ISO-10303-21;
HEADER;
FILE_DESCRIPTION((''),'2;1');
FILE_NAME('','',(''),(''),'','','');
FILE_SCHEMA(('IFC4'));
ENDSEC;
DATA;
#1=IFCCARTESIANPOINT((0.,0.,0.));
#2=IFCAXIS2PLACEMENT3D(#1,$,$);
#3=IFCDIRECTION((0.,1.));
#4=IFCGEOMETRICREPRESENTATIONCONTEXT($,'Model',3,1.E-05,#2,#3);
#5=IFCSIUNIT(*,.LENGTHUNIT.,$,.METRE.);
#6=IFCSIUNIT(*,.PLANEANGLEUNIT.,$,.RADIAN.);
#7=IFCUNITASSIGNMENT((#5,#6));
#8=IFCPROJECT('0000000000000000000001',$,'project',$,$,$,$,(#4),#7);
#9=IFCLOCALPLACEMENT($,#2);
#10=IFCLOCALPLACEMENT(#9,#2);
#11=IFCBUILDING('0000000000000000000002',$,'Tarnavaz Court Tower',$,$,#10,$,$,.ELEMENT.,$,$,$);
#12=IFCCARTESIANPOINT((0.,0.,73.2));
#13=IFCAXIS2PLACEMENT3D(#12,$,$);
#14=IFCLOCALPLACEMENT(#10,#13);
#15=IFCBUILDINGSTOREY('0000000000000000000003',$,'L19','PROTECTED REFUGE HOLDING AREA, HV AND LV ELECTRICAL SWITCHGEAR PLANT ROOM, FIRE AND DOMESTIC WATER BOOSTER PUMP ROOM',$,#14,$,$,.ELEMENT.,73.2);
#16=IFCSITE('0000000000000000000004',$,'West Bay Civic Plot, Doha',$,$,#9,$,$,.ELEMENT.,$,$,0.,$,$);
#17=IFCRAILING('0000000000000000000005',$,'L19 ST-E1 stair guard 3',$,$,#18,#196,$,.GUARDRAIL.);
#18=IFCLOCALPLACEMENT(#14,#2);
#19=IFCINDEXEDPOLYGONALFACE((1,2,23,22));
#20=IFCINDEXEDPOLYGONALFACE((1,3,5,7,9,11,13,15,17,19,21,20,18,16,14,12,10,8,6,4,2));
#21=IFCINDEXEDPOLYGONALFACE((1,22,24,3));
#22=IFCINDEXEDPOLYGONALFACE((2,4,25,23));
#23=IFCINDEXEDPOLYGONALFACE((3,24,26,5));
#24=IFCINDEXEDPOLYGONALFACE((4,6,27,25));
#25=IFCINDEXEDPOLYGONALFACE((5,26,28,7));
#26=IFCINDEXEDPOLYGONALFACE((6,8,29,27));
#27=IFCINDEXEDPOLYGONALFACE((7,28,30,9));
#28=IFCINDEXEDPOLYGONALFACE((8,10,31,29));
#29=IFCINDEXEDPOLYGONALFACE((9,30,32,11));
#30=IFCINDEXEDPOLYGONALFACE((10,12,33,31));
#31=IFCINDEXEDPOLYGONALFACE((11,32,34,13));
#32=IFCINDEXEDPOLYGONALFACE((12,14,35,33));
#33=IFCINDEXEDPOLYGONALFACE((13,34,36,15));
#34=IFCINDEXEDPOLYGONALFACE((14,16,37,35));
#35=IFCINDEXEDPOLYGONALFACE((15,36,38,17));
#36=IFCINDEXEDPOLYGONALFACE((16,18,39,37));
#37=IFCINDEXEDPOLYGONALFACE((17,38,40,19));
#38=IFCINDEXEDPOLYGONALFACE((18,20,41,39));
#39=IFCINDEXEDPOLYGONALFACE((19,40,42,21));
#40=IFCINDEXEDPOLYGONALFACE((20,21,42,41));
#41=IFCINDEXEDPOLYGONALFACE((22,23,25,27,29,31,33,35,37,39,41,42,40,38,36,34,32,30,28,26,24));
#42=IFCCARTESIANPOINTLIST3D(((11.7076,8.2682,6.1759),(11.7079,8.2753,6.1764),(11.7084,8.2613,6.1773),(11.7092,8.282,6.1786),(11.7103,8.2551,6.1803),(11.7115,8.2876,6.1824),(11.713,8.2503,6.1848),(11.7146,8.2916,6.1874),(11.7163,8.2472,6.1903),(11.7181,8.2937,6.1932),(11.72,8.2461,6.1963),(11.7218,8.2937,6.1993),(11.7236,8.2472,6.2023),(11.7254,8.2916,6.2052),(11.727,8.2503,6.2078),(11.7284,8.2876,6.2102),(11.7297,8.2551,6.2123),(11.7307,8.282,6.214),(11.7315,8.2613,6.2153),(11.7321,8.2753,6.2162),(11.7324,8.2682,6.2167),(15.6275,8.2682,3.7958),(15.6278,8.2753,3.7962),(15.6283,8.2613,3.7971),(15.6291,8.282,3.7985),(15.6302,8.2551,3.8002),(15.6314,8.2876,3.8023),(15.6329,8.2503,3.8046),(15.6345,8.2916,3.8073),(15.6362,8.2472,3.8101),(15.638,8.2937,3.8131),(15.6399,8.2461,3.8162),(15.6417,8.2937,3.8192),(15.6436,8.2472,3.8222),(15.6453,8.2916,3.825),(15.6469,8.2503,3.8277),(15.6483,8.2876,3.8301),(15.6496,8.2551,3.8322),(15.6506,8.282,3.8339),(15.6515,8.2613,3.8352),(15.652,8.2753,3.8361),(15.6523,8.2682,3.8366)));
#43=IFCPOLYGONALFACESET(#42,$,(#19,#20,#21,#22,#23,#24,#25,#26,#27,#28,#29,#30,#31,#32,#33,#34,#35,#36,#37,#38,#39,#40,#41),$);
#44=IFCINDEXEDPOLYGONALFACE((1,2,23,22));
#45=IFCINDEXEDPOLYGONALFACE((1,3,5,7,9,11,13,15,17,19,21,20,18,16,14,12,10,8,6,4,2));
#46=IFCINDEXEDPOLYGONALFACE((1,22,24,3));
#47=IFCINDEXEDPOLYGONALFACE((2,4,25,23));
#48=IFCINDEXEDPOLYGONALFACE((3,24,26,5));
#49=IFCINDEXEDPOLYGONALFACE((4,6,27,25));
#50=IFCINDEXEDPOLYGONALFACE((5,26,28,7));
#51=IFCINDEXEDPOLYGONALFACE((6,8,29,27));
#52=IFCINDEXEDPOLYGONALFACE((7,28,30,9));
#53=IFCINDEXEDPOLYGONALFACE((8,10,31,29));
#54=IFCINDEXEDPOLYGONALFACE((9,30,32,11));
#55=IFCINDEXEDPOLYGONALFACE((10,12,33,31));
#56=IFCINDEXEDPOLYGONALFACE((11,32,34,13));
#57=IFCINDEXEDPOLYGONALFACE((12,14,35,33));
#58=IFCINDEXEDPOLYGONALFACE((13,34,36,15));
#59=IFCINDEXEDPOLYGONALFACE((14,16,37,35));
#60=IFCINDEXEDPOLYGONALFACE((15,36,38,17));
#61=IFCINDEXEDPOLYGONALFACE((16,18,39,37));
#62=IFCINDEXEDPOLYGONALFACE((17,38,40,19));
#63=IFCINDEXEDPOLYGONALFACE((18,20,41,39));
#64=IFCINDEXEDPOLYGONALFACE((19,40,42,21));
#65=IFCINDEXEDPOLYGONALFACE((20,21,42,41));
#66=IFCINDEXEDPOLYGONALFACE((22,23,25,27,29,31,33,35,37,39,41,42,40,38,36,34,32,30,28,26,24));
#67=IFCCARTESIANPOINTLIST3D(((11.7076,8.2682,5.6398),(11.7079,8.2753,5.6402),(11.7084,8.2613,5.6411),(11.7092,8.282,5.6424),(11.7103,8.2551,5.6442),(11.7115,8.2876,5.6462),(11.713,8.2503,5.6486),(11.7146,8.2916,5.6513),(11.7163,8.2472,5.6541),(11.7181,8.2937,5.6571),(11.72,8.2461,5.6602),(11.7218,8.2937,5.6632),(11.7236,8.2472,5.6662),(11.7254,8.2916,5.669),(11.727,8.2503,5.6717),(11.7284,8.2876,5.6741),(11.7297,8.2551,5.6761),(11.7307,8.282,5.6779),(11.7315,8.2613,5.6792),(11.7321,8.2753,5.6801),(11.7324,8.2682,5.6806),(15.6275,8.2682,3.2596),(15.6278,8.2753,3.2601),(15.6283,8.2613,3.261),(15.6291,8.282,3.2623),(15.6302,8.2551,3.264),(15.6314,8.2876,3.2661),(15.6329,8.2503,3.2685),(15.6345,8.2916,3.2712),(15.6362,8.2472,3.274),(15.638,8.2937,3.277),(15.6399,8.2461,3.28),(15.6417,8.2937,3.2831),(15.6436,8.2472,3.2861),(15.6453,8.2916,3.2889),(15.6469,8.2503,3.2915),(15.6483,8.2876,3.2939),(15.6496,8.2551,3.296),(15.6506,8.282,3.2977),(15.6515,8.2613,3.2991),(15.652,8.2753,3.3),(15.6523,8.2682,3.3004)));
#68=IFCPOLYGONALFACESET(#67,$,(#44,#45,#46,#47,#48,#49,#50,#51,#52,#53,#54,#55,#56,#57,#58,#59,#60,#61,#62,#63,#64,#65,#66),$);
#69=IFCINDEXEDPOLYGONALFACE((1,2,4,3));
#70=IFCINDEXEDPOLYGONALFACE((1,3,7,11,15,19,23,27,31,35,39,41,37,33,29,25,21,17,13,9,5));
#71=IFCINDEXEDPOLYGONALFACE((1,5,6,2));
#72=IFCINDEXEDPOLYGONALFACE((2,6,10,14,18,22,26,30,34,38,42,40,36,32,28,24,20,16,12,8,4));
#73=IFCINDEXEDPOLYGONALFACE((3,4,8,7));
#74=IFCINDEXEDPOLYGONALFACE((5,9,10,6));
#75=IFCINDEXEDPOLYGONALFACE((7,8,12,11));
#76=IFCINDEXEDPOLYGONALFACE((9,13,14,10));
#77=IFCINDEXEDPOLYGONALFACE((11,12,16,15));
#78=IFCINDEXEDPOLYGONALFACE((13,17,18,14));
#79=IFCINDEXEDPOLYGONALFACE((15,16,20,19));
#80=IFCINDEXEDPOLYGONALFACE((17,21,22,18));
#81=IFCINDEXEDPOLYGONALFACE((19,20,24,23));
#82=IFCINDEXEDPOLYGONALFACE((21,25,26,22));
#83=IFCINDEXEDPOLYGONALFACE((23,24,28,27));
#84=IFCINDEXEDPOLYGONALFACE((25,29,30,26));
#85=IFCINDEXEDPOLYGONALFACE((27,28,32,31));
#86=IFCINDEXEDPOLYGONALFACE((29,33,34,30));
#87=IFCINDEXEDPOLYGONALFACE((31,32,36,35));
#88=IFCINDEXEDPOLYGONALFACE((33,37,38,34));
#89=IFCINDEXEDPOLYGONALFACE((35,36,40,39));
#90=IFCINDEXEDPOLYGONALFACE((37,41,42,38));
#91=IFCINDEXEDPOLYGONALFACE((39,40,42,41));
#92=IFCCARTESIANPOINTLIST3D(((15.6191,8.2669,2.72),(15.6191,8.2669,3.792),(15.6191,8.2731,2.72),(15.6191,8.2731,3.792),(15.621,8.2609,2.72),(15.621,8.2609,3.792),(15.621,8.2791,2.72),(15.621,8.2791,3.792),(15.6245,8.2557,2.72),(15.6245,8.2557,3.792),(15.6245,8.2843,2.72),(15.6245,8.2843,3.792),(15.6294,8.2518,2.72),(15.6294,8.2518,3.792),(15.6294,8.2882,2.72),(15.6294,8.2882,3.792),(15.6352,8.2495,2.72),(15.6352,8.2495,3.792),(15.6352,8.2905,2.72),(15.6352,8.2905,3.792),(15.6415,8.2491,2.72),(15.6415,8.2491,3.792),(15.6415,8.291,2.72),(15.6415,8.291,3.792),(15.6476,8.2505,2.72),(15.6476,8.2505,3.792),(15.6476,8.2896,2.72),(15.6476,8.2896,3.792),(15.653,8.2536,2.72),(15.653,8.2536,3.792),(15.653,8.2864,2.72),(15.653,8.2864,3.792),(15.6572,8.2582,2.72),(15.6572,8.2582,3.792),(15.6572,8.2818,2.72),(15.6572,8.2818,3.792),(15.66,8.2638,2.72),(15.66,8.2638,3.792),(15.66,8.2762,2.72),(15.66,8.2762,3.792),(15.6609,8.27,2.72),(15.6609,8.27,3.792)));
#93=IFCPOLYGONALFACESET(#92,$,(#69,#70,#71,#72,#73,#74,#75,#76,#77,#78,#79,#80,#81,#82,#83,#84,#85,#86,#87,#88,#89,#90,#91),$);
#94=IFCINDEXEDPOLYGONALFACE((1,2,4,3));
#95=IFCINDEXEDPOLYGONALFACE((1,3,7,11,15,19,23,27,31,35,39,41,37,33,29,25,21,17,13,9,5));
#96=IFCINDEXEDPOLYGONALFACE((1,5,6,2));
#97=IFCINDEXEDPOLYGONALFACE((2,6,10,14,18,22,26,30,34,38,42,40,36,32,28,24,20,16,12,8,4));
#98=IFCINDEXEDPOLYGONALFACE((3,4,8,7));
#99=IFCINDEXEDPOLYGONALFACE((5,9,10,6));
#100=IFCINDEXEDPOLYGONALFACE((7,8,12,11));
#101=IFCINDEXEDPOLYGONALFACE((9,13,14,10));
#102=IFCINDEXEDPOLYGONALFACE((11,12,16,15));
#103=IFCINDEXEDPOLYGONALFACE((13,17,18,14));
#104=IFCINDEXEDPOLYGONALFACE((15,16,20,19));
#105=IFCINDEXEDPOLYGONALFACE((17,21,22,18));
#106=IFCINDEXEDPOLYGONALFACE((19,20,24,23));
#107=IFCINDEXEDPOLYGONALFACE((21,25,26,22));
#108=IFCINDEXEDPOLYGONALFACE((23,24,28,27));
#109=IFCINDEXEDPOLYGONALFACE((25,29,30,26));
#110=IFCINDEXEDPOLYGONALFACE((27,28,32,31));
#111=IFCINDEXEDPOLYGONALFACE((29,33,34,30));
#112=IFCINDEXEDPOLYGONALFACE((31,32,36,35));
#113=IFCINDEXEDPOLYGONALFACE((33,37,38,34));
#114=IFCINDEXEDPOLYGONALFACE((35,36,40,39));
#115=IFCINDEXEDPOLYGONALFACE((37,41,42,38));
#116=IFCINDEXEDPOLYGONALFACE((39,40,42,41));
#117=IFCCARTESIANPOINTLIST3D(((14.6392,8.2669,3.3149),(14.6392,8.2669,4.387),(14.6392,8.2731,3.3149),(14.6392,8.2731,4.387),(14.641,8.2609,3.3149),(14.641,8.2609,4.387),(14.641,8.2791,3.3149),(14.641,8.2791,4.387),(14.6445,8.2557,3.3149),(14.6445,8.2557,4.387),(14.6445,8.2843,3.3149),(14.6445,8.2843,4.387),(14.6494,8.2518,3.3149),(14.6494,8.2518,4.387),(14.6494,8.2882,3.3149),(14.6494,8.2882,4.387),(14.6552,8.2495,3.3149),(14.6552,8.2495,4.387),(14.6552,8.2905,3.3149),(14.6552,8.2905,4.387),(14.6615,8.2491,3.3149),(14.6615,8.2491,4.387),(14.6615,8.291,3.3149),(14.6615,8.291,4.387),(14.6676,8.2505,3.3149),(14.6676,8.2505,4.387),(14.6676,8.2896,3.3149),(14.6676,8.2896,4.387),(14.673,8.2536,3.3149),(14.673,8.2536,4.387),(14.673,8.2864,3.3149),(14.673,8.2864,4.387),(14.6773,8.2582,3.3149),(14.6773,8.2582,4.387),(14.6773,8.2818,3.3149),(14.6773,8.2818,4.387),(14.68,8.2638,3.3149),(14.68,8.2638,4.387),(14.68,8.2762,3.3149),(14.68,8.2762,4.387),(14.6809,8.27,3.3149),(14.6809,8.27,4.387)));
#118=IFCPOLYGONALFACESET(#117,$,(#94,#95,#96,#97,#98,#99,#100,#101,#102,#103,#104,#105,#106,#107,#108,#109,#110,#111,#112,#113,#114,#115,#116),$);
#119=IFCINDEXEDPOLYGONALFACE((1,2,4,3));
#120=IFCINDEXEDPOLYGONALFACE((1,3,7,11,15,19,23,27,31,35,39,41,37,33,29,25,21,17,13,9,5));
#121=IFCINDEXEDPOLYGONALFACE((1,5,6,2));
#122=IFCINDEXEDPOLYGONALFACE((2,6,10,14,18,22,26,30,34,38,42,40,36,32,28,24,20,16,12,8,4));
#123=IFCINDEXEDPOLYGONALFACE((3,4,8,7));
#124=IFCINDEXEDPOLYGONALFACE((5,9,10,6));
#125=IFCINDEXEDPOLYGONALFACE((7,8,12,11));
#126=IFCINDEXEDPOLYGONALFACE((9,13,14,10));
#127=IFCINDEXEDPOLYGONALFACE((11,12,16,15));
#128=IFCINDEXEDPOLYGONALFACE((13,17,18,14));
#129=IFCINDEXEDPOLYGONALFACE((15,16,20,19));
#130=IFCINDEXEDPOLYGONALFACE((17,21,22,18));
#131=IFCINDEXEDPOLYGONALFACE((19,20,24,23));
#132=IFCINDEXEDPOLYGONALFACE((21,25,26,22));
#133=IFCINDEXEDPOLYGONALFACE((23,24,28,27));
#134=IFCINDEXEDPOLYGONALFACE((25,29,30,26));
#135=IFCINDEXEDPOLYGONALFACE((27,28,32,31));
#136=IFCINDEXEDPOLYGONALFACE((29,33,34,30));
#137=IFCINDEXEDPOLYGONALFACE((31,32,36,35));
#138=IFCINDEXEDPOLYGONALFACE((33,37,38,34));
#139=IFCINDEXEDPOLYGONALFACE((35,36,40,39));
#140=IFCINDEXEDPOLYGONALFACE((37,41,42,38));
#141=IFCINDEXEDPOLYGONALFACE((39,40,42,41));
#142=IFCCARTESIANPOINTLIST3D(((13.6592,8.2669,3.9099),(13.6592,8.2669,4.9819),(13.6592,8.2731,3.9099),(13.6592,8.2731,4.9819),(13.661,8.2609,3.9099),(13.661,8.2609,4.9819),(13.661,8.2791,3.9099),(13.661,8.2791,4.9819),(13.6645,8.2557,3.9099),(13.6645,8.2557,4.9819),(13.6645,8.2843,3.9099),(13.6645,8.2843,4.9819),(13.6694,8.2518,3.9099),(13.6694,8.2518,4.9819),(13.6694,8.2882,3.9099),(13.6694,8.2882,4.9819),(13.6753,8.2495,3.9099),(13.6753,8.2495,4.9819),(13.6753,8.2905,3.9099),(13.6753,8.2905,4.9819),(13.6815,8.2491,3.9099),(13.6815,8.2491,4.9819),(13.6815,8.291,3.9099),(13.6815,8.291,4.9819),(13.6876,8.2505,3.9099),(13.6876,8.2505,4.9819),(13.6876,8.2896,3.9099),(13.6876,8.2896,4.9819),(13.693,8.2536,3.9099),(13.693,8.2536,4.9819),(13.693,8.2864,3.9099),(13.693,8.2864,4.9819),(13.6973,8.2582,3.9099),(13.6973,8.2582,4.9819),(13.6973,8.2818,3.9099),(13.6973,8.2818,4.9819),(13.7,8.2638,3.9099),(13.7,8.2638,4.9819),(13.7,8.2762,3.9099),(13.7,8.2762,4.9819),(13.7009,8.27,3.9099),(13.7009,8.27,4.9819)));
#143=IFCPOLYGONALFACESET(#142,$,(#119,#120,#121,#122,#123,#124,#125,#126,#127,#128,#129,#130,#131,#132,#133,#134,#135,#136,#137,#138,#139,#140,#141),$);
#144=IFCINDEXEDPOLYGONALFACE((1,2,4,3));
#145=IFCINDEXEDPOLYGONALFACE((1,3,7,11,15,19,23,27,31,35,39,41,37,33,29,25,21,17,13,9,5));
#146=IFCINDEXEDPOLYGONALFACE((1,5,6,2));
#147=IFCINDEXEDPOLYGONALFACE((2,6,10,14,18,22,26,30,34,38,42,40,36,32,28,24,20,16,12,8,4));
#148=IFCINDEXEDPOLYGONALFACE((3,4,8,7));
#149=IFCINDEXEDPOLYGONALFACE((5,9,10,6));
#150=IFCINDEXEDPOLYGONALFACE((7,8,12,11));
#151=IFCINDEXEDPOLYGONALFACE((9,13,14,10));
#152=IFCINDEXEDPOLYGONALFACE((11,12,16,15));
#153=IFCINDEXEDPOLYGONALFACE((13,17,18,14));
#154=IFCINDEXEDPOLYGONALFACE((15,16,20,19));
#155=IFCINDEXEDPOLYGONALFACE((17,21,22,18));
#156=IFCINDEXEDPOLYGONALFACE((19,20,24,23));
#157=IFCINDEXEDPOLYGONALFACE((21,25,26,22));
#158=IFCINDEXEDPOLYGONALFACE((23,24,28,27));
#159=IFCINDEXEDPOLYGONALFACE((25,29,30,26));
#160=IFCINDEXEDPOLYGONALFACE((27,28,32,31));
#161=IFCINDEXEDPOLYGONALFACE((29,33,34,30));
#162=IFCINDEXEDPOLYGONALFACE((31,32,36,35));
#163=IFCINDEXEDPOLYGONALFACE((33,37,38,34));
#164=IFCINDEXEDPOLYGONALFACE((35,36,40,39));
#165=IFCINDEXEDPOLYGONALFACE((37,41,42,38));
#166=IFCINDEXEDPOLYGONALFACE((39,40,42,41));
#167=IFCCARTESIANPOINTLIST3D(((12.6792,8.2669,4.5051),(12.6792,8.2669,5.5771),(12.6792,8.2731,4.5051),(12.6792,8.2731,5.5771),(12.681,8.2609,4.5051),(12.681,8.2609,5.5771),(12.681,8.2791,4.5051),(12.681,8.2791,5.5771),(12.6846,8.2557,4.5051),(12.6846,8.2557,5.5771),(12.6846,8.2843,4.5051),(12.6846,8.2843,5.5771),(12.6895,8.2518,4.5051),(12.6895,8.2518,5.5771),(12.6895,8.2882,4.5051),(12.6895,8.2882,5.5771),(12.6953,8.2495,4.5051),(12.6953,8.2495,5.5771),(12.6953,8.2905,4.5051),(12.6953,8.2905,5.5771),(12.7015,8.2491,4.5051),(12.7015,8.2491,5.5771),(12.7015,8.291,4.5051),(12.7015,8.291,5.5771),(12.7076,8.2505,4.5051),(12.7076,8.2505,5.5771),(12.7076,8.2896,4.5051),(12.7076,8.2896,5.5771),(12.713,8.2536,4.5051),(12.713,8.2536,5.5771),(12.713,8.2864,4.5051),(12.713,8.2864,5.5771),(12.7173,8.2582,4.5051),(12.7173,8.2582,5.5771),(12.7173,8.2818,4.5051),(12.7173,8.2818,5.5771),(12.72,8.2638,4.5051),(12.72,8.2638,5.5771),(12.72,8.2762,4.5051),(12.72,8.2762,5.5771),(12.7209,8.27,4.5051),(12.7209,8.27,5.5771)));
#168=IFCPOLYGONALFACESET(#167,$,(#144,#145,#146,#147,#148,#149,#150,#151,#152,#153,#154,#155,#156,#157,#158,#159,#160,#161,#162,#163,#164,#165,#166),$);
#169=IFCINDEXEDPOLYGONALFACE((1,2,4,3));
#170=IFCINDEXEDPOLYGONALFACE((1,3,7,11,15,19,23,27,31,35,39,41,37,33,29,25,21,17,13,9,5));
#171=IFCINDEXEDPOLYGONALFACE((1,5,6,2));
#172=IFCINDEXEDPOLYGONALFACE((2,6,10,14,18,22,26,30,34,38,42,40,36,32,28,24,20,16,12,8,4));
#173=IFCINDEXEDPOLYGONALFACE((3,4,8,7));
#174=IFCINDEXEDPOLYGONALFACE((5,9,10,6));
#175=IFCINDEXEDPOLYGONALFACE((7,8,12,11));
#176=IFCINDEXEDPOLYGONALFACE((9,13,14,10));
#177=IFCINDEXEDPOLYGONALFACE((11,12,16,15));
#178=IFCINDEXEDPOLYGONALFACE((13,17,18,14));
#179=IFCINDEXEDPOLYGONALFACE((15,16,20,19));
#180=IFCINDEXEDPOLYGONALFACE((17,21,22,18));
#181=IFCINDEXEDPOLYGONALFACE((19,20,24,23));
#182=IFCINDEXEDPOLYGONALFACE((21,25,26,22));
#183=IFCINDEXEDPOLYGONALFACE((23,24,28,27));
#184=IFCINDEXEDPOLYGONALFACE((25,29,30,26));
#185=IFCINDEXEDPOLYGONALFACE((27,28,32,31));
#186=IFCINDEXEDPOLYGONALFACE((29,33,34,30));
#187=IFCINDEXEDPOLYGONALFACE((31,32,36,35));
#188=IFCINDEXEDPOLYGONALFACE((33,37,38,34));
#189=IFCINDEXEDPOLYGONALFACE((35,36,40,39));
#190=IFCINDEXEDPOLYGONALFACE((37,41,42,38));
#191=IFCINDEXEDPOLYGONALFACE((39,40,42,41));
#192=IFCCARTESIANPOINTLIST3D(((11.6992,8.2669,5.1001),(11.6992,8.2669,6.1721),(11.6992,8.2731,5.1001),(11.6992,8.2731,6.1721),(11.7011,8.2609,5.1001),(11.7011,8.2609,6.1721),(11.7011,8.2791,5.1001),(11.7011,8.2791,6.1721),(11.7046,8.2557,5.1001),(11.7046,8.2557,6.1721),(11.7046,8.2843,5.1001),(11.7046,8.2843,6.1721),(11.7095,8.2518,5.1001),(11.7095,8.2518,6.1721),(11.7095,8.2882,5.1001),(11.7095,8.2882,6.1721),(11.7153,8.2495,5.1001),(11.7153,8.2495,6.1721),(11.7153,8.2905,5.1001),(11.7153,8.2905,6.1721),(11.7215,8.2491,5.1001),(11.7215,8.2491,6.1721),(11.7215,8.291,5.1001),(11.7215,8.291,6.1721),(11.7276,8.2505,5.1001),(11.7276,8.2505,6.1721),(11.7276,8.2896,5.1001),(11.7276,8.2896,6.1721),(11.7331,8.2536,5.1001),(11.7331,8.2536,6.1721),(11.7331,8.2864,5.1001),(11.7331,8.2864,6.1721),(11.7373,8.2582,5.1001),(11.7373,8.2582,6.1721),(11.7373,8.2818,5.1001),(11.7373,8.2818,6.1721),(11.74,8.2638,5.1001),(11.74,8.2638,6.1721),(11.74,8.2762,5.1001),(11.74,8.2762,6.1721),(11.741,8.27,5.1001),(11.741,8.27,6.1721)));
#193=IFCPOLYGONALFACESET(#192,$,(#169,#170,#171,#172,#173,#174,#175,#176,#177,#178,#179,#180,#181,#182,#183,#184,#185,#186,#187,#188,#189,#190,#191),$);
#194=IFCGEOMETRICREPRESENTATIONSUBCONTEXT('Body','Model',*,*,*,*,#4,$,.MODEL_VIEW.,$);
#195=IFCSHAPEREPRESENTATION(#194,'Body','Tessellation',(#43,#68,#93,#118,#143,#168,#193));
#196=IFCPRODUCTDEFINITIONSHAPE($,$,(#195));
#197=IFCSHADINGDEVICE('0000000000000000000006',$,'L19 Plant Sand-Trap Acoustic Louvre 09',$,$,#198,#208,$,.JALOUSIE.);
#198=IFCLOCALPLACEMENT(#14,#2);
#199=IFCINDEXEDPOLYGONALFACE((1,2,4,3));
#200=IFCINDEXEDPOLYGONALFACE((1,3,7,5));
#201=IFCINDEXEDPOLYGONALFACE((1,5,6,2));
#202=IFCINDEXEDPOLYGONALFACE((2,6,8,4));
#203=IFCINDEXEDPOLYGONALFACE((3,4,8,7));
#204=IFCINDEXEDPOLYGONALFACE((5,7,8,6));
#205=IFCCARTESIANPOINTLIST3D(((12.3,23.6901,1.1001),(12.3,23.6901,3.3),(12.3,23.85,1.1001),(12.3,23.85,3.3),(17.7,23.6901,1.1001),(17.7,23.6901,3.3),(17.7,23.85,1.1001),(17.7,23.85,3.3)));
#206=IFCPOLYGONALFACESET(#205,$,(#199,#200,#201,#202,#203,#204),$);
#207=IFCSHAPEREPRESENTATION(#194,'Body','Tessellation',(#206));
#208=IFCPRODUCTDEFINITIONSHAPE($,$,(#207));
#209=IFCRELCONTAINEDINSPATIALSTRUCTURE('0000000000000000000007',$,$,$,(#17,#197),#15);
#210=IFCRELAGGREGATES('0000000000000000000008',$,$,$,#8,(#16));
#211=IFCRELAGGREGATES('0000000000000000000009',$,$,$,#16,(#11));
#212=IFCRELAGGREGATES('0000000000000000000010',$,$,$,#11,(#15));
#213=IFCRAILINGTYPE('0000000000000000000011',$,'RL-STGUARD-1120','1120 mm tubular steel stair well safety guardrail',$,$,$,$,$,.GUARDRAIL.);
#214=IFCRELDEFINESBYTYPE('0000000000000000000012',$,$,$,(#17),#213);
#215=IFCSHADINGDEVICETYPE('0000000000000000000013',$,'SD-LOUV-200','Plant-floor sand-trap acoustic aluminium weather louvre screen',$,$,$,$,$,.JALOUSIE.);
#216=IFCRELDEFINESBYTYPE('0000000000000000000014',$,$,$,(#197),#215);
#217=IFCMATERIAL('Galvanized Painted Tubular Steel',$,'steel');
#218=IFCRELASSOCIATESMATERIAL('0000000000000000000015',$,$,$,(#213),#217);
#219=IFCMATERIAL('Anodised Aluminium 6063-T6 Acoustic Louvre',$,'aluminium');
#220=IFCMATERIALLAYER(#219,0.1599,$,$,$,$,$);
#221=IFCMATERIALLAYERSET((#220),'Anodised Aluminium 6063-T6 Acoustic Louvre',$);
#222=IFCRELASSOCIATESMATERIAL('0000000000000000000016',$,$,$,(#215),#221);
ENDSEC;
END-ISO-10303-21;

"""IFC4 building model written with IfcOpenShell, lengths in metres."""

from ifc_helpers import new_model, si_unit, direction, frame, origin, origin_2d, place, context, subcontext, project, spatial, rectangle, circle, extrude, material, layer, layer_set, type_object, element, save


model = new_model("IFC4")

# Units and contexts
model_context = context("Model", 3, precision=1e-05, world=origin(), true_north=direction((0.0, 1.0)))
body_context = subcontext(model_context, "Body", "Model", "MODEL_VIEW")
ifc_project = project(units=[si_unit("LENGTHUNIT", "METRE"), si_unit("PLANEANGLEUNIT", "RADIAN")], contexts=[model_context])

# Site, building, storey
site_placement = place(None, origin())
site = spatial("IfcSite", under=ifc_project, at=site_placement, Name="West Bay Civic Plot, Doha", CompositionType="ELEMENT", RefElevation=0.0)
building_placement = place(site_placement, origin())
building = spatial("IfcBuilding", under=site, at=building_placement, Name="Tarnavaz Court Tower", CompositionType="ELEMENT")
storey_placement = place(building_placement, frame((0.0, 0.0, 73.2)))
storey = spatial("IfcBuildingStorey", under=building, at=storey_placement, Name="L19", Description="PROTECTED REFUGE HOLDING AREA, HV AND LV ELECTRICAL SWITCHGEAR PLANT ROOM, FIRE AND DOMESTIC WATER BOOSTER PUMP ROOM", CompositionType="ELEMENT", Elevation=73.2)

# Railing
ifc_material_1 = material(Name="Galvanized Painted Tubular Steel", Category="steel")
railing_type_1 = type_object("IfcRailingType", Name="RL-STGUARD-1120", Description="1120 mm tubular steel stair well safety guardrail", PredefinedType="GUARDRAIL", material=ifc_material_1)
railing_1_placement = place(storey_placement, frame((15.6399, 8.27, 2.72)))
element("IfcRailing", 1, at=railing_1_placement, inside=storey, type_object=railing_type_1, Name="L19 ST-E1 stair guard 3", PredefinedType="GUARDRAIL", context=body_context, shape_type="SweptSolid", body=[
    extrude(circle(Radius=0.0239, at=origin_2d()), frame((0.0, 0.0, 1.0962), z_axis=(-0.854771, 0.0, 0.519006), x_axis=(0.0, -1.0, 0.0)), (0.0, 0.0, 1.0), 4.5859),
    extrude(circle(Radius=0.0239, at=origin_2d()), frame((0.0, 0.0, 0.5601), z_axis=(-0.854771, 0.0, 0.519006), x_axis=(0.0, -1.0, 0.0)), (0.0, 0.0, 1.0), 4.5859),
    extrude(circle(Radius=0.021, at=origin_2d()), origin(), (0.0, 0.0, 1.0), 1.072),
    extrude(circle(Radius=0.021, at=origin_2d()), frame((-0.98, 0.0, 0.595)), (0.0, 0.0, 1.0), 1.072),
    extrude(circle(Radius=0.021, at=origin_2d()), frame((-1.96, 0.0, 1.1899)), (0.0, 0.0, 1.0), 1.072),
    extrude(circle(Radius=0.021, at=origin_2d()), frame((-2.9399, 0.0, 1.7852)), (0.0, 0.0, 1.0), 1.072),
    extrude(circle(Radius=0.021, at=origin_2d()), frame((-3.9199, 0.0, 2.3801)), (0.0, 0.0, 1.0), 1.072),
])

# Shading device
ifc_material_2 = material(Name="Anodised Aluminium 6063-T6 Acoustic Louvre", Category="aluminium")
ifc_layer_1 = layer(ifc_material_2, 0.1599)
ifc_layer_set_1 = layer_set([ifc_layer_1], Name="Anodised Aluminium 6063-T6 Acoustic Louvre")
shading_device_type = type_object("IfcShadingDeviceType", Name="SD-LOUV-200", Description="Plant-floor sand-trap acoustic aluminium weather louvre screen", PredefinedType="JALOUSIE", material=ifc_layer_set_1)
shading_device_placement = place(storey_placement, frame((15.0, 23.77, 1.1001), z_axis=(0.0, 0.0, 1.0), x_axis=(1.0, 0.0, 0.0)))
element("IfcShadingDevice", 2, at=shading_device_placement, inside=storey, type_object=shading_device_type, Name="L19 Plant Sand-Trap Acoustic Louvre 09", PredefinedType="JALOUSIE", context=body_context, shape_type="SweptSolid", body=[
    extrude(rectangle(XDim=5.3999, YDim=0.1599, at=origin_2d()), origin(), (0.0, 0.0, 1.0), 2.2),
])

save(model, "model.ifc")
